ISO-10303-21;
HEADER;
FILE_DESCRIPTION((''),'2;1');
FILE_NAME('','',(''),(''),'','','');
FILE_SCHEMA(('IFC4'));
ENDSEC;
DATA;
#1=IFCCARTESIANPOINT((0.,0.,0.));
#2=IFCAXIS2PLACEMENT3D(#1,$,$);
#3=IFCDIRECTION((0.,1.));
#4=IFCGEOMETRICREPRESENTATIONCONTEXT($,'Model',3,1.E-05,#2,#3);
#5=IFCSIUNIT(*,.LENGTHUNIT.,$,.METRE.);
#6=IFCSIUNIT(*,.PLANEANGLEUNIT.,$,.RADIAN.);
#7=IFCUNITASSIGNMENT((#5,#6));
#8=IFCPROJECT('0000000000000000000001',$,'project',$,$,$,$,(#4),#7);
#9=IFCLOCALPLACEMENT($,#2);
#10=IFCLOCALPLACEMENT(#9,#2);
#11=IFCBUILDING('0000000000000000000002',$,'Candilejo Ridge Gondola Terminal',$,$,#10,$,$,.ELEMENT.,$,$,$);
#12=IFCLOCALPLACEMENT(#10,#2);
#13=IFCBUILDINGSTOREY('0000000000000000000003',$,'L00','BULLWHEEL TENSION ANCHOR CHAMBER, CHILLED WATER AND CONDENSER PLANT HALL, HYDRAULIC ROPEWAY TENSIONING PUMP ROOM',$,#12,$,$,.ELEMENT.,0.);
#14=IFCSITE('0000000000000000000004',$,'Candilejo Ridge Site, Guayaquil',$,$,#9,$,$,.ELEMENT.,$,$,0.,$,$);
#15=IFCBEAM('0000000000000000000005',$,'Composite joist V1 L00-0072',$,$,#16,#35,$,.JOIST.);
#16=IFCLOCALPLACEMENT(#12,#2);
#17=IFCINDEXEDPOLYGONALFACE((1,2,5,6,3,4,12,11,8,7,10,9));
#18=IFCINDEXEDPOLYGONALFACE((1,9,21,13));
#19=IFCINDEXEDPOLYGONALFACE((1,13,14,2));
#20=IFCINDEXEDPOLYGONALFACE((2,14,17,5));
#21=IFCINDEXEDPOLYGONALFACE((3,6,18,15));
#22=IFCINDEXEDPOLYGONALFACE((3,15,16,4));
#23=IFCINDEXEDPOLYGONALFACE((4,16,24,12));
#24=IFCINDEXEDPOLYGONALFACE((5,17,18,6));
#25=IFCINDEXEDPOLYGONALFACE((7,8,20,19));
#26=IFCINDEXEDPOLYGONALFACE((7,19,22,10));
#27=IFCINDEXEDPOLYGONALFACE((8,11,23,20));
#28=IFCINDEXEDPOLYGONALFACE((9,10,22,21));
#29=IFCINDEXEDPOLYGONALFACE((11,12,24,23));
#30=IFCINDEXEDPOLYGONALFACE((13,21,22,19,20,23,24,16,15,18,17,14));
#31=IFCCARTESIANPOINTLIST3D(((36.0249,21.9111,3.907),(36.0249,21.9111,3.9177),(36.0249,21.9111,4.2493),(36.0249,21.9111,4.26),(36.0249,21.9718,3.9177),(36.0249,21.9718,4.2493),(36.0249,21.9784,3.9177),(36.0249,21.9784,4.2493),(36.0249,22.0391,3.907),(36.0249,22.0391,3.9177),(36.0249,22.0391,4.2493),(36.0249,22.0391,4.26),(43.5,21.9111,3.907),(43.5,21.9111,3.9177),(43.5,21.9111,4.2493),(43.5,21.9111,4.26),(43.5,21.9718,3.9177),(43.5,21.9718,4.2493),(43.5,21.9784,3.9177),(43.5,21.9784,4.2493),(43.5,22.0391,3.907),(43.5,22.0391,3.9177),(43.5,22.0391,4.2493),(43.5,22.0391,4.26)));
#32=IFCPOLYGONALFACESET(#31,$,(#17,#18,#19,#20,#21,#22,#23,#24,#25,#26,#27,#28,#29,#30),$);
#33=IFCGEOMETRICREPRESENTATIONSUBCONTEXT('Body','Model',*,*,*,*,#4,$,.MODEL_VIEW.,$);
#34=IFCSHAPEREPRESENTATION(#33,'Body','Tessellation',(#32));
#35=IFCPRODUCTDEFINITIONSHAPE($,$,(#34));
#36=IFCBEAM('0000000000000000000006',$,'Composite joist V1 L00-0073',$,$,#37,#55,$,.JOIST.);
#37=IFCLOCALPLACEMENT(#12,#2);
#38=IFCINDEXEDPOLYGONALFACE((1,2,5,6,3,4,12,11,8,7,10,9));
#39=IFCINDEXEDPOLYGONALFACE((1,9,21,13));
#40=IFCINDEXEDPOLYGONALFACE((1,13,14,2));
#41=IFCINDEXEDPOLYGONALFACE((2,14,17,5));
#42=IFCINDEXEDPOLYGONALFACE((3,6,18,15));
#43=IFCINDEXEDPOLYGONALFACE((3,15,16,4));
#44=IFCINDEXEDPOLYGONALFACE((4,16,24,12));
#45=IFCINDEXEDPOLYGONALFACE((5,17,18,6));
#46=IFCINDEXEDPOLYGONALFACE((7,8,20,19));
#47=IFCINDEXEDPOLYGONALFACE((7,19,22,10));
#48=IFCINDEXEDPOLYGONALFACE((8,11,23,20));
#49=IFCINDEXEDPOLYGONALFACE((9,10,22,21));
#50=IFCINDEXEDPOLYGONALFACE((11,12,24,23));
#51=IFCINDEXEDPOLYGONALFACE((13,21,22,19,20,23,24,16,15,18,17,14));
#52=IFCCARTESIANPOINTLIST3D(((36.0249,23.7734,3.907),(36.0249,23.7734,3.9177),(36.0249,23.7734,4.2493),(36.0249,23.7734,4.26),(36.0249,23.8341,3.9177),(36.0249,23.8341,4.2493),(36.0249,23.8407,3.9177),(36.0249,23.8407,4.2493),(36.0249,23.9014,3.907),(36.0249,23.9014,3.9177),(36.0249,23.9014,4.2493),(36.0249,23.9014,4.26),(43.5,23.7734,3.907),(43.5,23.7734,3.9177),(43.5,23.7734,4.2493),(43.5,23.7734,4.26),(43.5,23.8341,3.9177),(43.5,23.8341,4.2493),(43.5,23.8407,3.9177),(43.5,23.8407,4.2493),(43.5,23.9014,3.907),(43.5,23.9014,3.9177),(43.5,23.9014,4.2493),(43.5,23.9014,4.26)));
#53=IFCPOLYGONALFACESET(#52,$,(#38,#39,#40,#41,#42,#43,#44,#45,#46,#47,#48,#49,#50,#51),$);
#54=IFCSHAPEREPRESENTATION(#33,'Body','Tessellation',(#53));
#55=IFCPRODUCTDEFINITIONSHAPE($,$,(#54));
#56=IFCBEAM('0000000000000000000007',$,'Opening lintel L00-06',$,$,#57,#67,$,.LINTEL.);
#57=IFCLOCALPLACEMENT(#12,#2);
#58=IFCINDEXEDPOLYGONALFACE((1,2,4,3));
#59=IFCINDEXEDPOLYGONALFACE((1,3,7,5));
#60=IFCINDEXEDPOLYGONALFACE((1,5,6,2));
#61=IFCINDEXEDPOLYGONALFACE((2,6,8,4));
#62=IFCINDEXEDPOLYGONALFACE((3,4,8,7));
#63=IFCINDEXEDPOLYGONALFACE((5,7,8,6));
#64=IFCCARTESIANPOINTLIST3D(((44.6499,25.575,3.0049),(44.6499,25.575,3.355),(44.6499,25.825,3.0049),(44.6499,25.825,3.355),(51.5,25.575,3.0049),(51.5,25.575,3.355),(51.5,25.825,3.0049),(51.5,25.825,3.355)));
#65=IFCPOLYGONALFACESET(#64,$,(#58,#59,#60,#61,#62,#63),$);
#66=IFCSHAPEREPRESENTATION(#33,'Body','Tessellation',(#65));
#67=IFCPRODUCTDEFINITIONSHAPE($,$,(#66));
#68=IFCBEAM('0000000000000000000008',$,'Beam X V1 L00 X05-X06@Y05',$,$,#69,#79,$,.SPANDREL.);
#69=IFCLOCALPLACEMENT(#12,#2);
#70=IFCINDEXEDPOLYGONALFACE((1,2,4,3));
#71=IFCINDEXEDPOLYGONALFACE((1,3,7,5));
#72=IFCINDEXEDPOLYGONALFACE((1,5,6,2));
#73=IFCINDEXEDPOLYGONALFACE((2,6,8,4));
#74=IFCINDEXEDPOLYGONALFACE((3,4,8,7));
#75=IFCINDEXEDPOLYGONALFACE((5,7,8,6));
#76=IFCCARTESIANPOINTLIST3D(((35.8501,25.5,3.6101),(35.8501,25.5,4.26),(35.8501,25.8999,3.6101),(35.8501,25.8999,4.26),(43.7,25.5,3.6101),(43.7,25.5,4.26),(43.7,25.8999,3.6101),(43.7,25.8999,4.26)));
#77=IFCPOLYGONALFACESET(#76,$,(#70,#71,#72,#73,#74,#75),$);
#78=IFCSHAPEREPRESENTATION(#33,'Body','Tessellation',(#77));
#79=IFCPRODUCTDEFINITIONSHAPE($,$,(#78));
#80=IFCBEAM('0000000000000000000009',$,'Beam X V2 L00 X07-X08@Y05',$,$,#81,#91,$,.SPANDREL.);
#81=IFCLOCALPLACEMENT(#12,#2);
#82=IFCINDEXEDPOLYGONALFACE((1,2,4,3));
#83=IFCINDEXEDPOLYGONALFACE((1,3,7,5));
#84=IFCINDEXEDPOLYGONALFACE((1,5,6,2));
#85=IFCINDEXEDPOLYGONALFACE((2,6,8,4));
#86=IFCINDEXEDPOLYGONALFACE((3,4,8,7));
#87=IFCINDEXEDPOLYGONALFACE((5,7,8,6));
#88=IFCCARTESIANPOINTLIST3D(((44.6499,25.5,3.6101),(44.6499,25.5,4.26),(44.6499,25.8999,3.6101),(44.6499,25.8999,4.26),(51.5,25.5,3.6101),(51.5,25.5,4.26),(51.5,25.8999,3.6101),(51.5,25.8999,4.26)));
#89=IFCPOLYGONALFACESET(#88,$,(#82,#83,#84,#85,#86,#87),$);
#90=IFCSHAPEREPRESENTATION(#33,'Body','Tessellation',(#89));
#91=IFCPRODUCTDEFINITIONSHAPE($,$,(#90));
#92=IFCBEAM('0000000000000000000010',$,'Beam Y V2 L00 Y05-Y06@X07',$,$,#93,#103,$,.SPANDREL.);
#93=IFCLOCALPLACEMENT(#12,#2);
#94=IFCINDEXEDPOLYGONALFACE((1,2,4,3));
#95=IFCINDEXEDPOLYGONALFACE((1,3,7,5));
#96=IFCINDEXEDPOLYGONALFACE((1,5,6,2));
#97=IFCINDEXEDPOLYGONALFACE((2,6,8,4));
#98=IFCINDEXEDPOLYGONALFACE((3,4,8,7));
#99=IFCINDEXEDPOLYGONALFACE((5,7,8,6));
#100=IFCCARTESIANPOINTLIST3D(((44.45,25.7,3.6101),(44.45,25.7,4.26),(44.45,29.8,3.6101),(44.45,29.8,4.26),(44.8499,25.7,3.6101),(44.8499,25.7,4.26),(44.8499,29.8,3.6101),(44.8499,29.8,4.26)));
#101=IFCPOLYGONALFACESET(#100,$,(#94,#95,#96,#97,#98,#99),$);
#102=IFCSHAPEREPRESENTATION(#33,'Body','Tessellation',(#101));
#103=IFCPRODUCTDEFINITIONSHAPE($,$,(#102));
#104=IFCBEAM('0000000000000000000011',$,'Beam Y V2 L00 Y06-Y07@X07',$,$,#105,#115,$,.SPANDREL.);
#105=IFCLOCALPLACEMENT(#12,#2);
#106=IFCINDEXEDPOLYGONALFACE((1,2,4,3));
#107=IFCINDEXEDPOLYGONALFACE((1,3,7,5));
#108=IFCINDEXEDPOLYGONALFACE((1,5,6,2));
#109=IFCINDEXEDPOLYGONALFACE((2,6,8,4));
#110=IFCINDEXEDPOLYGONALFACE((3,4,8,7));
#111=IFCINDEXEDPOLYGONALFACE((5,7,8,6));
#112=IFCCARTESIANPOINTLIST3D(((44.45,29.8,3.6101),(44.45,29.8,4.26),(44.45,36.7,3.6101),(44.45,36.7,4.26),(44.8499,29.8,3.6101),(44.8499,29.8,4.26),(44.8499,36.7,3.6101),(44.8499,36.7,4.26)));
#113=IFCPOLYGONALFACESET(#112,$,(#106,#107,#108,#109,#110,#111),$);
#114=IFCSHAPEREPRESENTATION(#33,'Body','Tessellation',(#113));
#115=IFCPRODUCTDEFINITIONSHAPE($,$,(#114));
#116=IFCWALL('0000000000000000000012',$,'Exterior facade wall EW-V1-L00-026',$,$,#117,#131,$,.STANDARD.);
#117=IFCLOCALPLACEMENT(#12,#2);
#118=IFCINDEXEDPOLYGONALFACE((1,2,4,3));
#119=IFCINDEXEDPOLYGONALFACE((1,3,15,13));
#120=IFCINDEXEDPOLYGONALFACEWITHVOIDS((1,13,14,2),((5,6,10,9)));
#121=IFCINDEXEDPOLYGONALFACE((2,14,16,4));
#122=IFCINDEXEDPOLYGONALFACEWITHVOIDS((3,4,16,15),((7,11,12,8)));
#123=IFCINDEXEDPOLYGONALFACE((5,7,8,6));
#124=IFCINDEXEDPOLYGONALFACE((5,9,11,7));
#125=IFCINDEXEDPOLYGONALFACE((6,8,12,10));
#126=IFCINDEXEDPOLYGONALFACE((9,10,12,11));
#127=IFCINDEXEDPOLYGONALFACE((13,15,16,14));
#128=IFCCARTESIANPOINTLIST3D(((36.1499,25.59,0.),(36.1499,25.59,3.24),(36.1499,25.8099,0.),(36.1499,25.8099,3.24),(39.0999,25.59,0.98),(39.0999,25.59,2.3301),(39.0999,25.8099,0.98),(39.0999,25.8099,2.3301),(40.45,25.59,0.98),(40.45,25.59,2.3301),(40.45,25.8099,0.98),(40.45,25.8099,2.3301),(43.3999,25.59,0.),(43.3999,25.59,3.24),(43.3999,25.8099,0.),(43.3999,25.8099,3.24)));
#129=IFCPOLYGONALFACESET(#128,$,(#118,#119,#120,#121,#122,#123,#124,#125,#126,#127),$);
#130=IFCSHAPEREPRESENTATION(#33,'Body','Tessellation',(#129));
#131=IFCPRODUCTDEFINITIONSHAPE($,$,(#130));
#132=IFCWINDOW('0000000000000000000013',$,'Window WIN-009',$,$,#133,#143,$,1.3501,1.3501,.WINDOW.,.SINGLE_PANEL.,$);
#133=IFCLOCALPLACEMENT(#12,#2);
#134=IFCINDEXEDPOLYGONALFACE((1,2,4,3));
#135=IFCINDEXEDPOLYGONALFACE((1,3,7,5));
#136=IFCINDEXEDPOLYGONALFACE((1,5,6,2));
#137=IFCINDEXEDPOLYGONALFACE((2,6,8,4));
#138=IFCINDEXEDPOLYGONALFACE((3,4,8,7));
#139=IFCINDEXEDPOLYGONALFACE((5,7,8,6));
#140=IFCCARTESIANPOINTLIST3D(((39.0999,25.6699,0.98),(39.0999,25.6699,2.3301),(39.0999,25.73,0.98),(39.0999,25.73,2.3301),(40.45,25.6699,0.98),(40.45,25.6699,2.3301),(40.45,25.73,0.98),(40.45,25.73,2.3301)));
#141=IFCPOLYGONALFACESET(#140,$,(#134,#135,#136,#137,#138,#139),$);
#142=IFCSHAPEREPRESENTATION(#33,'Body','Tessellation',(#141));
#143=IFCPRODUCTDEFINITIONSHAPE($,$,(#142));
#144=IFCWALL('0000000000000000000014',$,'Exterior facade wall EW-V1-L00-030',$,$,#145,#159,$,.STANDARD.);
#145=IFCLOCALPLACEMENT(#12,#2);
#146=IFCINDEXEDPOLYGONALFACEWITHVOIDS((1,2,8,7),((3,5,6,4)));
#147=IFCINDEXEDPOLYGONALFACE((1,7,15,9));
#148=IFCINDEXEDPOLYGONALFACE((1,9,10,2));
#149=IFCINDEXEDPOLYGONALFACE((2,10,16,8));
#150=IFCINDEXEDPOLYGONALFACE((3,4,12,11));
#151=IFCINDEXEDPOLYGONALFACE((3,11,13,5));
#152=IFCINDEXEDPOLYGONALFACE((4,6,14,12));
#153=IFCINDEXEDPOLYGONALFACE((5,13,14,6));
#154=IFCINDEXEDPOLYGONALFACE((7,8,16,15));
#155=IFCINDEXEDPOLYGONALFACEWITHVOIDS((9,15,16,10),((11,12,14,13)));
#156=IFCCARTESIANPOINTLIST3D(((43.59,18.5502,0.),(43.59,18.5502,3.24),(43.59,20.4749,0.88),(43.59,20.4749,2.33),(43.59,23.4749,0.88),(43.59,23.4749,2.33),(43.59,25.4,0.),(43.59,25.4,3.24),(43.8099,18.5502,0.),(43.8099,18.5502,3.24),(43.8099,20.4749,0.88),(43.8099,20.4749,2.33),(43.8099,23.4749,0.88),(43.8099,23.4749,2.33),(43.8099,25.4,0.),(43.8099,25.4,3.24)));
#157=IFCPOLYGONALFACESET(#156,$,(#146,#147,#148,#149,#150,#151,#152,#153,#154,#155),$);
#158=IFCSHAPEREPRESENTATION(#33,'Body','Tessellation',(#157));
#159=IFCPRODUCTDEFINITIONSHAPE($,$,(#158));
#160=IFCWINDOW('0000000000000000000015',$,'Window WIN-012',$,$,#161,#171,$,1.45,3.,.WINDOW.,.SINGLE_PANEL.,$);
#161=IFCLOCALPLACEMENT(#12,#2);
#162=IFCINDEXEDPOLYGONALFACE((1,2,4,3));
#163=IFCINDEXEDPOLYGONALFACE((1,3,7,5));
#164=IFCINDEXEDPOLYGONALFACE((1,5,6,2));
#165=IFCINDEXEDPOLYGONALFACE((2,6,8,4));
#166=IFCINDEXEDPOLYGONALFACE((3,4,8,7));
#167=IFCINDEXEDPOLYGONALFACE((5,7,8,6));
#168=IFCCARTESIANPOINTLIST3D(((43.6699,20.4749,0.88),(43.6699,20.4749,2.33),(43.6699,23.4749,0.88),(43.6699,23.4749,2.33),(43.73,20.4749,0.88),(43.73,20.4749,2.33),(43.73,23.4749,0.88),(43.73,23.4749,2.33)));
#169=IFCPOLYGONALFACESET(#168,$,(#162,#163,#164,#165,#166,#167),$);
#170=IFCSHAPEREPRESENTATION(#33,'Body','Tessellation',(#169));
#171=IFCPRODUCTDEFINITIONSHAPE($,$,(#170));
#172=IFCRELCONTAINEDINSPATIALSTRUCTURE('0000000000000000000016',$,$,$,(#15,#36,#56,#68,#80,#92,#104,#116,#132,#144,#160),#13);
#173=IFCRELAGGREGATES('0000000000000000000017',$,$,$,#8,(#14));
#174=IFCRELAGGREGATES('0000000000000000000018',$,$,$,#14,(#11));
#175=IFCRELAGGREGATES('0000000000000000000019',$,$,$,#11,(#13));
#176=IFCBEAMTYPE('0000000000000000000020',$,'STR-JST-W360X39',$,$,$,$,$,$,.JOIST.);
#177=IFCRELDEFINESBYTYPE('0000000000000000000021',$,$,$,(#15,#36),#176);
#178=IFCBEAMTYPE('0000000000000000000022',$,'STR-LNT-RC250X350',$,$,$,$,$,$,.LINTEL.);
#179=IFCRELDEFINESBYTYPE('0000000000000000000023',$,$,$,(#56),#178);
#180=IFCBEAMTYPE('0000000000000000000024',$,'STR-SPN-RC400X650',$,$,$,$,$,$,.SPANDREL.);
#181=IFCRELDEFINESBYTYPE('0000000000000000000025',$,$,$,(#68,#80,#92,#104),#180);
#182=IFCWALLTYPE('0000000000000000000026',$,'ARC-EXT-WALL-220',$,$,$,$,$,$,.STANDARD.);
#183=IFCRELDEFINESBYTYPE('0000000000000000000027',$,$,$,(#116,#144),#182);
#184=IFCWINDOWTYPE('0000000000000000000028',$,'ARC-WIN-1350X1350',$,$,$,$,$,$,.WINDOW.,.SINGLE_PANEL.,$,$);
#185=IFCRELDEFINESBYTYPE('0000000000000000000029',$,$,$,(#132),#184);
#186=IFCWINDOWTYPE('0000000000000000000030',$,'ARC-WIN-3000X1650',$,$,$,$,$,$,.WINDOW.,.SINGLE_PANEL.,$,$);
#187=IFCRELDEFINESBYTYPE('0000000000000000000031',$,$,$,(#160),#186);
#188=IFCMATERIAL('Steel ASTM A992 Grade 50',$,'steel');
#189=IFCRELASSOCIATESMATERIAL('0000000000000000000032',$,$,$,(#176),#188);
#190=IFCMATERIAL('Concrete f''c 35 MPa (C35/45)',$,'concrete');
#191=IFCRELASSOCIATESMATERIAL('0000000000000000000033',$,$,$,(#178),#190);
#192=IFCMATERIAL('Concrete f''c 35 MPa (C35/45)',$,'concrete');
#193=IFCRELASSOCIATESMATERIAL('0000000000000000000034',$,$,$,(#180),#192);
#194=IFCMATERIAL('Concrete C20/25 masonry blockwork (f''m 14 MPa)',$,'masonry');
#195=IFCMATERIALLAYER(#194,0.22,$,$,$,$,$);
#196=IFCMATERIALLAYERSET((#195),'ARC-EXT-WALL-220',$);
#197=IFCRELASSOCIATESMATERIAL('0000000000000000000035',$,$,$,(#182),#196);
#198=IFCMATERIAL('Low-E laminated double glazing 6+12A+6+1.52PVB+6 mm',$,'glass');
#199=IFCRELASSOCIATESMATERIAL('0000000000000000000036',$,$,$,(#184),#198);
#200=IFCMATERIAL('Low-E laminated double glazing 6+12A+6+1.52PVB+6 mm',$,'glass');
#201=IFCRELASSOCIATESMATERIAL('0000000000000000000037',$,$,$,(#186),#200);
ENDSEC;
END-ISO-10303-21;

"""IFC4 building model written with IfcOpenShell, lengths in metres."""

from ifc_helpers import new_model, si_unit, direction, frame, frame_2d, origin, origin_2d, place, context, subcontext, project, spatial, rectangle, i_section, extrude, material, layer, layer_set, material_profile, profile_set, type_object, element, fill, save


model = new_model("IFC4")

# Units and contexts
model_context = context("Model", 3, precision=1e-05, world=origin(), true_north=direction((0.0, 1.0)))
body_context = subcontext(model_context, "Body", "Model", "MODEL_VIEW")
ifc_project = project(units=[si_unit("LENGTHUNIT", "METRE"), si_unit("PLANEANGLEUNIT", "RADIAN")], contexts=[model_context])

# Site, building, storey
site_placement = place(None, origin())
site = spatial("IfcSite", under=ifc_project, at=site_placement, Name="Candilejo Ridge Site, Guayaquil", CompositionType="ELEMENT", RefElevation=0.0)
building_placement = place(site_placement, origin())
building = spatial("IfcBuilding", under=site, at=building_placement, Name="Candilejo Ridge Gondola Terminal", CompositionType="ELEMENT")
storey_placement = place(building_placement, origin())
storey = spatial("IfcBuildingStorey", under=building, at=storey_placement, Name="L00", Description="BULLWHEEL TENSION ANCHOR CHAMBER, CHILLED WATER AND CONDENSER PLANT HALL, HYDRAULIC ROPEWAY TENSIONING PUMP ROOM", CompositionType="ELEMENT", Elevation=0.0)

# Beams
ifc_material_1 = material(Name="Steel ASTM A992 Grade 50", Category="steel")
ifc_material_profile_1 = material_profile(ifc_material_1, i_section(OverallWidth=0.1279, OverallDepth=0.353, WebThickness=0.0066, FlangeThickness=0.0107, at=origin_2d()))
ifc_profile_set_1 = profile_set([ifc_material_profile_1], Name="Steel ASTM A992 Grade 50")
beam_type_1 = type_object("IfcBeamType", Name="STR-JST-W360X39", PredefinedType="JOIST", material=ifc_profile_set_1)
for number, where, z_axis, x_axis, name in (
    (1, (36.0249, 21.9751, 4.0835), (1.0, 0.0, 0.0), (0.0, 1.0, 0.0), "Composite joist V1 L00-0072"),
    (2, (36.0249, 23.8374, 4.0835), (1.0, 0.0, 0.0), (0.0, 1.0, 0.0), "Composite joist V1 L00-0073"),
):
    element("IfcBeam", number, at=place(storey_placement, frame(where, z_axis=z_axis, x_axis=x_axis)), inside=storey, type_object=beam_type_1, Name=name, PredefinedType="JOIST", context=body_context, shape_type="SweptSolid", body=[
        extrude(i_section(OverallWidth=0.1279, OverallDepth=0.353, WebThickness=0.0066, FlangeThickness=0.0107, at=origin_2d()), origin(), (0.0, 0.0, 1.0), 7.4751),
    ])
ifc_material_2 = material(Name="Concrete f'c 35 MPa (C35/45)", Category="concrete")
ifc_material_profile_2 = material_profile(ifc_material_2, rectangle(XDim=0.25, YDim=0.3501, at=origin_2d()))
ifc_profile_set_2 = profile_set([ifc_material_profile_2], Name="Concrete f'c 35 MPa (C35/45)")
beam_type_2 = type_object("IfcBeamType", Name="STR-LNT-RC250X350", PredefinedType="LINTEL", material=ifc_profile_set_2)
beam_1_placement = place(storey_placement, frame((44.6499, 25.7, 3.1799), z_axis=(1.0, 0.0, 0.0), x_axis=(0.0, 1.0, 0.0)))
element("IfcBeam", 3, at=beam_1_placement, inside=storey, type_object=beam_type_2, Name="Opening lintel L00-06", PredefinedType="LINTEL", context=body_context, shape_type="SweptSolid", body=[
    extrude(rectangle(XDim=0.25, YDim=0.3501, at=origin_2d()), origin(), (0.0, 0.0, 1.0), 6.8501),
])
ifc_material_3 = material(Name="Concrete f'c 35 MPa (C35/45)", Category="concrete")
ifc_material_profile_3 = material_profile(ifc_material_3, rectangle(XDim=0.3999, YDim=0.6499, at=origin_2d()))
ifc_profile_set_3 = profile_set([ifc_material_profile_3], Name="Concrete f'c 35 MPa (C35/45)")
beam_type_3 = type_object("IfcBeamType", Name="STR-SPN-RC400X650", PredefinedType="SPANDREL", material=ifc_profile_set_3)
beam_2_placement = place(storey_placement, frame((35.8501, 25.7, 3.9351), z_axis=(1.0, 0.0, 0.0), x_axis=(0.0, 1.0, 0.0)))
element("IfcBeam", 4, at=beam_2_placement, inside=storey, type_object=beam_type_3, Name="Beam X V1 L00 X05-X06@Y05", PredefinedType="SPANDREL", context=body_context, shape_type="SweptSolid", body=[
    extrude(rectangle(XDim=0.3999, YDim=0.6499, at=origin_2d()), origin(), (0.0, 0.0, 1.0), 7.8499),
])
beam_3_placement = place(storey_placement, frame((44.6499, 25.7, 3.9351), z_axis=(1.0, 0.0, 0.0), x_axis=(0.0, 1.0, 0.0)))
element("IfcBeam", 5, at=beam_3_placement, inside=storey, type_object=beam_type_3, Name="Beam X V2 L00 X07-X08@Y05", PredefinedType="SPANDREL", context=body_context, shape_type="SweptSolid", body=[
    extrude(rectangle(XDim=0.3999, YDim=0.6499, at=origin_2d()), origin(), (0.0, 0.0, 1.0), 6.8501),
])
beam_4_placement = place(storey_placement, frame((44.6499, 25.7, 3.9351), z_axis=(0.0, 1.0, 0.0), x_axis=(-1.0, 0.0, 0.0)))
element("IfcBeam", 6, at=beam_4_placement, inside=storey, type_object=beam_type_3, Name="Beam Y V2 L00 Y05-Y06@X07", PredefinedType="SPANDREL", context=body_context, shape_type="SweptSolid", body=[
    extrude(rectangle(XDim=0.3999, YDim=0.6499, at=origin_2d()), origin(), (0.0, 0.0, 1.0), 4.1001),
])
beam_5_placement = place(storey_placement, frame((44.6499, 29.8, 3.9351), z_axis=(0.0, 1.0, 0.0), x_axis=(-1.0, 0.0, 0.0)))
element("IfcBeam", 7, at=beam_5_placement, inside=storey, type_object=beam_type_3, Name="Beam Y V2 L00 Y06-Y07@X07", PredefinedType="SPANDREL", context=body_context, shape_type="SweptSolid", body=[
    extrude(rectangle(XDim=0.3999, YDim=0.6499, at=origin_2d()), origin(), (0.0, 0.0, 1.0), 6.8999),
])

# Walls, openings, windows
ifc_material_4 = material(Name="Concrete C20/25 masonry blockwork (f'm 14 MPa)", Category="masonry")
ifc_layer_1 = layer(ifc_material_4, 0.22)
ifc_layer_set_1 = layer_set([ifc_layer_1], Name="ARC-EXT-WALL-220")
wall_type_1 = type_object("IfcWallType", Name="ARC-EXT-WALL-220", PredefinedType="STANDARD", material=ifc_layer_set_1)
wall_1_placement = place(storey_placement, frame((36.1499, 25.7, 0.0), z_axis=(0.0, 0.0, 1.0), x_axis=(1.0, 0.0, 0.0)))
wall_1 = element("IfcWall", 8, at=wall_1_placement, inside=storey, type_object=wall_type_1, Name="Exterior facade wall EW-V1-L00-026", PredefinedType="STANDARD", context=body_context, shape_type="SweptSolid", body=[
    extrude(rectangle(XDim=7.25, YDim=0.22, at=frame_2d((3.625, 0.0))), origin(), (0.0, 0.0, 1.0), 3.24),
])
opening_1_placement = place(wall_1_placement, frame((2.95, 0.0, 0.98)))
opening_1 = element("IfcOpeningElement", 9, at=opening_1_placement, cuts=wall_1, PredefinedType="OPENING", context=body_context, shape_type="SweptSolid", body=[
    extrude(rectangle(XDim=1.3501, YDim=1.3501, at=frame_2d((0.675, 0.675))), frame((0.0, 0.1199, 0.0), z_axis=(0.0, -1.0, 0.0), x_axis=(1.0, 0.0, 0.0)), (0.0, 0.0, 1.0), 0.24),
])
ifc_material_5 = material(Name="Low-E laminated double glazing 6+12A+6+1.52PVB+6 mm", Category="glass")
window_type_1 = type_object("IfcWindowType", Name="ARC-WIN-1350X1350", PartitioningType="SINGLE_PANEL", PredefinedType="WINDOW", material=ifc_material_5)
window_1_placement = place(opening_1_placement, origin())
window_1 = element("IfcWindow", 10, at=window_1_placement, inside=storey, type_object=window_type_1, Name="Window WIN-009", OverallHeight=1.3501, OverallWidth=1.3501, PartitioningType="SINGLE_PANEL", PredefinedType="WINDOW", context=body_context, shape_type="SweptSolid", body=[
    extrude(rectangle(XDim=1.3501, YDim=1.3501, at=frame_2d((0.675, 0.675))), frame((0.0, 0.03, 0.0), z_axis=(0.0, -1.0, 0.0), x_axis=(1.0, 0.0, 0.0)), (0.0, 0.0, 1.0), 0.0601),
])
fill(opening_1, window_1)
wall_2_placement = place(storey_placement, frame((43.7, 25.3999, 0.0), z_axis=(0.0, 0.0, 1.0), x_axis=(0.0, -1.0, 0.0)))
wall_2 = element("IfcWall", 11, at=wall_2_placement, inside=storey, type_object=wall_type_1, Name="Exterior facade wall EW-V1-L00-030", PredefinedType="STANDARD", context=body_context, shape_type="SweptSolid", body=[
    extrude(rectangle(XDim=6.8499, YDim=0.22, at=frame_2d((3.4248, 0.0))), origin(), (0.0, 0.0, 1.0), 3.24),
])
opening_2_placement = place(wall_2_placement, frame((1.925, 0.0, 0.8799)))
opening_2 = element("IfcOpeningElement", 12, at=opening_2_placement, cuts=wall_2, PredefinedType="OPENING", context=body_context, shape_type="SweptSolid", body=[
    extrude(rectangle(XDim=3.0, YDim=1.45, at=frame_2d((1.5, 0.7251))), frame((0.0, 0.1199, 0.0), z_axis=(0.0, -1.0, 0.0), x_axis=(1.0, 0.0, 0.0)), (0.0, 0.0, 1.0), 0.24),
])
ifc_material_6 = material(Name="Low-E laminated double glazing 6+12A+6+1.52PVB+6 mm", Category="glass")
window_type_2 = type_object("IfcWindowType", Name="ARC-WIN-3000X1650", PartitioningType="SINGLE_PANEL", PredefinedType="WINDOW", material=ifc_material_6)
window_2_placement = place(opening_2_placement, origin())
window_2 = element("IfcWindow", 13, at=window_2_placement, inside=storey, type_object=window_type_2, Name="Window WIN-012", OverallHeight=1.45, OverallWidth=3.0, PartitioningType="SINGLE_PANEL", PredefinedType="WINDOW", context=body_context, shape_type="SweptSolid", body=[
    extrude(rectangle(XDim=3.0, YDim=1.45, at=frame_2d((1.5, 0.7251))), frame((0.0, 0.03, 0.0), z_axis=(0.0, -1.0, 0.0), x_axis=(1.0, 0.0, 0.0)), (0.0, 0.0, 1.0), 0.0601),
])
fill(opening_2, window_2)

save(model, "model.ifc")
